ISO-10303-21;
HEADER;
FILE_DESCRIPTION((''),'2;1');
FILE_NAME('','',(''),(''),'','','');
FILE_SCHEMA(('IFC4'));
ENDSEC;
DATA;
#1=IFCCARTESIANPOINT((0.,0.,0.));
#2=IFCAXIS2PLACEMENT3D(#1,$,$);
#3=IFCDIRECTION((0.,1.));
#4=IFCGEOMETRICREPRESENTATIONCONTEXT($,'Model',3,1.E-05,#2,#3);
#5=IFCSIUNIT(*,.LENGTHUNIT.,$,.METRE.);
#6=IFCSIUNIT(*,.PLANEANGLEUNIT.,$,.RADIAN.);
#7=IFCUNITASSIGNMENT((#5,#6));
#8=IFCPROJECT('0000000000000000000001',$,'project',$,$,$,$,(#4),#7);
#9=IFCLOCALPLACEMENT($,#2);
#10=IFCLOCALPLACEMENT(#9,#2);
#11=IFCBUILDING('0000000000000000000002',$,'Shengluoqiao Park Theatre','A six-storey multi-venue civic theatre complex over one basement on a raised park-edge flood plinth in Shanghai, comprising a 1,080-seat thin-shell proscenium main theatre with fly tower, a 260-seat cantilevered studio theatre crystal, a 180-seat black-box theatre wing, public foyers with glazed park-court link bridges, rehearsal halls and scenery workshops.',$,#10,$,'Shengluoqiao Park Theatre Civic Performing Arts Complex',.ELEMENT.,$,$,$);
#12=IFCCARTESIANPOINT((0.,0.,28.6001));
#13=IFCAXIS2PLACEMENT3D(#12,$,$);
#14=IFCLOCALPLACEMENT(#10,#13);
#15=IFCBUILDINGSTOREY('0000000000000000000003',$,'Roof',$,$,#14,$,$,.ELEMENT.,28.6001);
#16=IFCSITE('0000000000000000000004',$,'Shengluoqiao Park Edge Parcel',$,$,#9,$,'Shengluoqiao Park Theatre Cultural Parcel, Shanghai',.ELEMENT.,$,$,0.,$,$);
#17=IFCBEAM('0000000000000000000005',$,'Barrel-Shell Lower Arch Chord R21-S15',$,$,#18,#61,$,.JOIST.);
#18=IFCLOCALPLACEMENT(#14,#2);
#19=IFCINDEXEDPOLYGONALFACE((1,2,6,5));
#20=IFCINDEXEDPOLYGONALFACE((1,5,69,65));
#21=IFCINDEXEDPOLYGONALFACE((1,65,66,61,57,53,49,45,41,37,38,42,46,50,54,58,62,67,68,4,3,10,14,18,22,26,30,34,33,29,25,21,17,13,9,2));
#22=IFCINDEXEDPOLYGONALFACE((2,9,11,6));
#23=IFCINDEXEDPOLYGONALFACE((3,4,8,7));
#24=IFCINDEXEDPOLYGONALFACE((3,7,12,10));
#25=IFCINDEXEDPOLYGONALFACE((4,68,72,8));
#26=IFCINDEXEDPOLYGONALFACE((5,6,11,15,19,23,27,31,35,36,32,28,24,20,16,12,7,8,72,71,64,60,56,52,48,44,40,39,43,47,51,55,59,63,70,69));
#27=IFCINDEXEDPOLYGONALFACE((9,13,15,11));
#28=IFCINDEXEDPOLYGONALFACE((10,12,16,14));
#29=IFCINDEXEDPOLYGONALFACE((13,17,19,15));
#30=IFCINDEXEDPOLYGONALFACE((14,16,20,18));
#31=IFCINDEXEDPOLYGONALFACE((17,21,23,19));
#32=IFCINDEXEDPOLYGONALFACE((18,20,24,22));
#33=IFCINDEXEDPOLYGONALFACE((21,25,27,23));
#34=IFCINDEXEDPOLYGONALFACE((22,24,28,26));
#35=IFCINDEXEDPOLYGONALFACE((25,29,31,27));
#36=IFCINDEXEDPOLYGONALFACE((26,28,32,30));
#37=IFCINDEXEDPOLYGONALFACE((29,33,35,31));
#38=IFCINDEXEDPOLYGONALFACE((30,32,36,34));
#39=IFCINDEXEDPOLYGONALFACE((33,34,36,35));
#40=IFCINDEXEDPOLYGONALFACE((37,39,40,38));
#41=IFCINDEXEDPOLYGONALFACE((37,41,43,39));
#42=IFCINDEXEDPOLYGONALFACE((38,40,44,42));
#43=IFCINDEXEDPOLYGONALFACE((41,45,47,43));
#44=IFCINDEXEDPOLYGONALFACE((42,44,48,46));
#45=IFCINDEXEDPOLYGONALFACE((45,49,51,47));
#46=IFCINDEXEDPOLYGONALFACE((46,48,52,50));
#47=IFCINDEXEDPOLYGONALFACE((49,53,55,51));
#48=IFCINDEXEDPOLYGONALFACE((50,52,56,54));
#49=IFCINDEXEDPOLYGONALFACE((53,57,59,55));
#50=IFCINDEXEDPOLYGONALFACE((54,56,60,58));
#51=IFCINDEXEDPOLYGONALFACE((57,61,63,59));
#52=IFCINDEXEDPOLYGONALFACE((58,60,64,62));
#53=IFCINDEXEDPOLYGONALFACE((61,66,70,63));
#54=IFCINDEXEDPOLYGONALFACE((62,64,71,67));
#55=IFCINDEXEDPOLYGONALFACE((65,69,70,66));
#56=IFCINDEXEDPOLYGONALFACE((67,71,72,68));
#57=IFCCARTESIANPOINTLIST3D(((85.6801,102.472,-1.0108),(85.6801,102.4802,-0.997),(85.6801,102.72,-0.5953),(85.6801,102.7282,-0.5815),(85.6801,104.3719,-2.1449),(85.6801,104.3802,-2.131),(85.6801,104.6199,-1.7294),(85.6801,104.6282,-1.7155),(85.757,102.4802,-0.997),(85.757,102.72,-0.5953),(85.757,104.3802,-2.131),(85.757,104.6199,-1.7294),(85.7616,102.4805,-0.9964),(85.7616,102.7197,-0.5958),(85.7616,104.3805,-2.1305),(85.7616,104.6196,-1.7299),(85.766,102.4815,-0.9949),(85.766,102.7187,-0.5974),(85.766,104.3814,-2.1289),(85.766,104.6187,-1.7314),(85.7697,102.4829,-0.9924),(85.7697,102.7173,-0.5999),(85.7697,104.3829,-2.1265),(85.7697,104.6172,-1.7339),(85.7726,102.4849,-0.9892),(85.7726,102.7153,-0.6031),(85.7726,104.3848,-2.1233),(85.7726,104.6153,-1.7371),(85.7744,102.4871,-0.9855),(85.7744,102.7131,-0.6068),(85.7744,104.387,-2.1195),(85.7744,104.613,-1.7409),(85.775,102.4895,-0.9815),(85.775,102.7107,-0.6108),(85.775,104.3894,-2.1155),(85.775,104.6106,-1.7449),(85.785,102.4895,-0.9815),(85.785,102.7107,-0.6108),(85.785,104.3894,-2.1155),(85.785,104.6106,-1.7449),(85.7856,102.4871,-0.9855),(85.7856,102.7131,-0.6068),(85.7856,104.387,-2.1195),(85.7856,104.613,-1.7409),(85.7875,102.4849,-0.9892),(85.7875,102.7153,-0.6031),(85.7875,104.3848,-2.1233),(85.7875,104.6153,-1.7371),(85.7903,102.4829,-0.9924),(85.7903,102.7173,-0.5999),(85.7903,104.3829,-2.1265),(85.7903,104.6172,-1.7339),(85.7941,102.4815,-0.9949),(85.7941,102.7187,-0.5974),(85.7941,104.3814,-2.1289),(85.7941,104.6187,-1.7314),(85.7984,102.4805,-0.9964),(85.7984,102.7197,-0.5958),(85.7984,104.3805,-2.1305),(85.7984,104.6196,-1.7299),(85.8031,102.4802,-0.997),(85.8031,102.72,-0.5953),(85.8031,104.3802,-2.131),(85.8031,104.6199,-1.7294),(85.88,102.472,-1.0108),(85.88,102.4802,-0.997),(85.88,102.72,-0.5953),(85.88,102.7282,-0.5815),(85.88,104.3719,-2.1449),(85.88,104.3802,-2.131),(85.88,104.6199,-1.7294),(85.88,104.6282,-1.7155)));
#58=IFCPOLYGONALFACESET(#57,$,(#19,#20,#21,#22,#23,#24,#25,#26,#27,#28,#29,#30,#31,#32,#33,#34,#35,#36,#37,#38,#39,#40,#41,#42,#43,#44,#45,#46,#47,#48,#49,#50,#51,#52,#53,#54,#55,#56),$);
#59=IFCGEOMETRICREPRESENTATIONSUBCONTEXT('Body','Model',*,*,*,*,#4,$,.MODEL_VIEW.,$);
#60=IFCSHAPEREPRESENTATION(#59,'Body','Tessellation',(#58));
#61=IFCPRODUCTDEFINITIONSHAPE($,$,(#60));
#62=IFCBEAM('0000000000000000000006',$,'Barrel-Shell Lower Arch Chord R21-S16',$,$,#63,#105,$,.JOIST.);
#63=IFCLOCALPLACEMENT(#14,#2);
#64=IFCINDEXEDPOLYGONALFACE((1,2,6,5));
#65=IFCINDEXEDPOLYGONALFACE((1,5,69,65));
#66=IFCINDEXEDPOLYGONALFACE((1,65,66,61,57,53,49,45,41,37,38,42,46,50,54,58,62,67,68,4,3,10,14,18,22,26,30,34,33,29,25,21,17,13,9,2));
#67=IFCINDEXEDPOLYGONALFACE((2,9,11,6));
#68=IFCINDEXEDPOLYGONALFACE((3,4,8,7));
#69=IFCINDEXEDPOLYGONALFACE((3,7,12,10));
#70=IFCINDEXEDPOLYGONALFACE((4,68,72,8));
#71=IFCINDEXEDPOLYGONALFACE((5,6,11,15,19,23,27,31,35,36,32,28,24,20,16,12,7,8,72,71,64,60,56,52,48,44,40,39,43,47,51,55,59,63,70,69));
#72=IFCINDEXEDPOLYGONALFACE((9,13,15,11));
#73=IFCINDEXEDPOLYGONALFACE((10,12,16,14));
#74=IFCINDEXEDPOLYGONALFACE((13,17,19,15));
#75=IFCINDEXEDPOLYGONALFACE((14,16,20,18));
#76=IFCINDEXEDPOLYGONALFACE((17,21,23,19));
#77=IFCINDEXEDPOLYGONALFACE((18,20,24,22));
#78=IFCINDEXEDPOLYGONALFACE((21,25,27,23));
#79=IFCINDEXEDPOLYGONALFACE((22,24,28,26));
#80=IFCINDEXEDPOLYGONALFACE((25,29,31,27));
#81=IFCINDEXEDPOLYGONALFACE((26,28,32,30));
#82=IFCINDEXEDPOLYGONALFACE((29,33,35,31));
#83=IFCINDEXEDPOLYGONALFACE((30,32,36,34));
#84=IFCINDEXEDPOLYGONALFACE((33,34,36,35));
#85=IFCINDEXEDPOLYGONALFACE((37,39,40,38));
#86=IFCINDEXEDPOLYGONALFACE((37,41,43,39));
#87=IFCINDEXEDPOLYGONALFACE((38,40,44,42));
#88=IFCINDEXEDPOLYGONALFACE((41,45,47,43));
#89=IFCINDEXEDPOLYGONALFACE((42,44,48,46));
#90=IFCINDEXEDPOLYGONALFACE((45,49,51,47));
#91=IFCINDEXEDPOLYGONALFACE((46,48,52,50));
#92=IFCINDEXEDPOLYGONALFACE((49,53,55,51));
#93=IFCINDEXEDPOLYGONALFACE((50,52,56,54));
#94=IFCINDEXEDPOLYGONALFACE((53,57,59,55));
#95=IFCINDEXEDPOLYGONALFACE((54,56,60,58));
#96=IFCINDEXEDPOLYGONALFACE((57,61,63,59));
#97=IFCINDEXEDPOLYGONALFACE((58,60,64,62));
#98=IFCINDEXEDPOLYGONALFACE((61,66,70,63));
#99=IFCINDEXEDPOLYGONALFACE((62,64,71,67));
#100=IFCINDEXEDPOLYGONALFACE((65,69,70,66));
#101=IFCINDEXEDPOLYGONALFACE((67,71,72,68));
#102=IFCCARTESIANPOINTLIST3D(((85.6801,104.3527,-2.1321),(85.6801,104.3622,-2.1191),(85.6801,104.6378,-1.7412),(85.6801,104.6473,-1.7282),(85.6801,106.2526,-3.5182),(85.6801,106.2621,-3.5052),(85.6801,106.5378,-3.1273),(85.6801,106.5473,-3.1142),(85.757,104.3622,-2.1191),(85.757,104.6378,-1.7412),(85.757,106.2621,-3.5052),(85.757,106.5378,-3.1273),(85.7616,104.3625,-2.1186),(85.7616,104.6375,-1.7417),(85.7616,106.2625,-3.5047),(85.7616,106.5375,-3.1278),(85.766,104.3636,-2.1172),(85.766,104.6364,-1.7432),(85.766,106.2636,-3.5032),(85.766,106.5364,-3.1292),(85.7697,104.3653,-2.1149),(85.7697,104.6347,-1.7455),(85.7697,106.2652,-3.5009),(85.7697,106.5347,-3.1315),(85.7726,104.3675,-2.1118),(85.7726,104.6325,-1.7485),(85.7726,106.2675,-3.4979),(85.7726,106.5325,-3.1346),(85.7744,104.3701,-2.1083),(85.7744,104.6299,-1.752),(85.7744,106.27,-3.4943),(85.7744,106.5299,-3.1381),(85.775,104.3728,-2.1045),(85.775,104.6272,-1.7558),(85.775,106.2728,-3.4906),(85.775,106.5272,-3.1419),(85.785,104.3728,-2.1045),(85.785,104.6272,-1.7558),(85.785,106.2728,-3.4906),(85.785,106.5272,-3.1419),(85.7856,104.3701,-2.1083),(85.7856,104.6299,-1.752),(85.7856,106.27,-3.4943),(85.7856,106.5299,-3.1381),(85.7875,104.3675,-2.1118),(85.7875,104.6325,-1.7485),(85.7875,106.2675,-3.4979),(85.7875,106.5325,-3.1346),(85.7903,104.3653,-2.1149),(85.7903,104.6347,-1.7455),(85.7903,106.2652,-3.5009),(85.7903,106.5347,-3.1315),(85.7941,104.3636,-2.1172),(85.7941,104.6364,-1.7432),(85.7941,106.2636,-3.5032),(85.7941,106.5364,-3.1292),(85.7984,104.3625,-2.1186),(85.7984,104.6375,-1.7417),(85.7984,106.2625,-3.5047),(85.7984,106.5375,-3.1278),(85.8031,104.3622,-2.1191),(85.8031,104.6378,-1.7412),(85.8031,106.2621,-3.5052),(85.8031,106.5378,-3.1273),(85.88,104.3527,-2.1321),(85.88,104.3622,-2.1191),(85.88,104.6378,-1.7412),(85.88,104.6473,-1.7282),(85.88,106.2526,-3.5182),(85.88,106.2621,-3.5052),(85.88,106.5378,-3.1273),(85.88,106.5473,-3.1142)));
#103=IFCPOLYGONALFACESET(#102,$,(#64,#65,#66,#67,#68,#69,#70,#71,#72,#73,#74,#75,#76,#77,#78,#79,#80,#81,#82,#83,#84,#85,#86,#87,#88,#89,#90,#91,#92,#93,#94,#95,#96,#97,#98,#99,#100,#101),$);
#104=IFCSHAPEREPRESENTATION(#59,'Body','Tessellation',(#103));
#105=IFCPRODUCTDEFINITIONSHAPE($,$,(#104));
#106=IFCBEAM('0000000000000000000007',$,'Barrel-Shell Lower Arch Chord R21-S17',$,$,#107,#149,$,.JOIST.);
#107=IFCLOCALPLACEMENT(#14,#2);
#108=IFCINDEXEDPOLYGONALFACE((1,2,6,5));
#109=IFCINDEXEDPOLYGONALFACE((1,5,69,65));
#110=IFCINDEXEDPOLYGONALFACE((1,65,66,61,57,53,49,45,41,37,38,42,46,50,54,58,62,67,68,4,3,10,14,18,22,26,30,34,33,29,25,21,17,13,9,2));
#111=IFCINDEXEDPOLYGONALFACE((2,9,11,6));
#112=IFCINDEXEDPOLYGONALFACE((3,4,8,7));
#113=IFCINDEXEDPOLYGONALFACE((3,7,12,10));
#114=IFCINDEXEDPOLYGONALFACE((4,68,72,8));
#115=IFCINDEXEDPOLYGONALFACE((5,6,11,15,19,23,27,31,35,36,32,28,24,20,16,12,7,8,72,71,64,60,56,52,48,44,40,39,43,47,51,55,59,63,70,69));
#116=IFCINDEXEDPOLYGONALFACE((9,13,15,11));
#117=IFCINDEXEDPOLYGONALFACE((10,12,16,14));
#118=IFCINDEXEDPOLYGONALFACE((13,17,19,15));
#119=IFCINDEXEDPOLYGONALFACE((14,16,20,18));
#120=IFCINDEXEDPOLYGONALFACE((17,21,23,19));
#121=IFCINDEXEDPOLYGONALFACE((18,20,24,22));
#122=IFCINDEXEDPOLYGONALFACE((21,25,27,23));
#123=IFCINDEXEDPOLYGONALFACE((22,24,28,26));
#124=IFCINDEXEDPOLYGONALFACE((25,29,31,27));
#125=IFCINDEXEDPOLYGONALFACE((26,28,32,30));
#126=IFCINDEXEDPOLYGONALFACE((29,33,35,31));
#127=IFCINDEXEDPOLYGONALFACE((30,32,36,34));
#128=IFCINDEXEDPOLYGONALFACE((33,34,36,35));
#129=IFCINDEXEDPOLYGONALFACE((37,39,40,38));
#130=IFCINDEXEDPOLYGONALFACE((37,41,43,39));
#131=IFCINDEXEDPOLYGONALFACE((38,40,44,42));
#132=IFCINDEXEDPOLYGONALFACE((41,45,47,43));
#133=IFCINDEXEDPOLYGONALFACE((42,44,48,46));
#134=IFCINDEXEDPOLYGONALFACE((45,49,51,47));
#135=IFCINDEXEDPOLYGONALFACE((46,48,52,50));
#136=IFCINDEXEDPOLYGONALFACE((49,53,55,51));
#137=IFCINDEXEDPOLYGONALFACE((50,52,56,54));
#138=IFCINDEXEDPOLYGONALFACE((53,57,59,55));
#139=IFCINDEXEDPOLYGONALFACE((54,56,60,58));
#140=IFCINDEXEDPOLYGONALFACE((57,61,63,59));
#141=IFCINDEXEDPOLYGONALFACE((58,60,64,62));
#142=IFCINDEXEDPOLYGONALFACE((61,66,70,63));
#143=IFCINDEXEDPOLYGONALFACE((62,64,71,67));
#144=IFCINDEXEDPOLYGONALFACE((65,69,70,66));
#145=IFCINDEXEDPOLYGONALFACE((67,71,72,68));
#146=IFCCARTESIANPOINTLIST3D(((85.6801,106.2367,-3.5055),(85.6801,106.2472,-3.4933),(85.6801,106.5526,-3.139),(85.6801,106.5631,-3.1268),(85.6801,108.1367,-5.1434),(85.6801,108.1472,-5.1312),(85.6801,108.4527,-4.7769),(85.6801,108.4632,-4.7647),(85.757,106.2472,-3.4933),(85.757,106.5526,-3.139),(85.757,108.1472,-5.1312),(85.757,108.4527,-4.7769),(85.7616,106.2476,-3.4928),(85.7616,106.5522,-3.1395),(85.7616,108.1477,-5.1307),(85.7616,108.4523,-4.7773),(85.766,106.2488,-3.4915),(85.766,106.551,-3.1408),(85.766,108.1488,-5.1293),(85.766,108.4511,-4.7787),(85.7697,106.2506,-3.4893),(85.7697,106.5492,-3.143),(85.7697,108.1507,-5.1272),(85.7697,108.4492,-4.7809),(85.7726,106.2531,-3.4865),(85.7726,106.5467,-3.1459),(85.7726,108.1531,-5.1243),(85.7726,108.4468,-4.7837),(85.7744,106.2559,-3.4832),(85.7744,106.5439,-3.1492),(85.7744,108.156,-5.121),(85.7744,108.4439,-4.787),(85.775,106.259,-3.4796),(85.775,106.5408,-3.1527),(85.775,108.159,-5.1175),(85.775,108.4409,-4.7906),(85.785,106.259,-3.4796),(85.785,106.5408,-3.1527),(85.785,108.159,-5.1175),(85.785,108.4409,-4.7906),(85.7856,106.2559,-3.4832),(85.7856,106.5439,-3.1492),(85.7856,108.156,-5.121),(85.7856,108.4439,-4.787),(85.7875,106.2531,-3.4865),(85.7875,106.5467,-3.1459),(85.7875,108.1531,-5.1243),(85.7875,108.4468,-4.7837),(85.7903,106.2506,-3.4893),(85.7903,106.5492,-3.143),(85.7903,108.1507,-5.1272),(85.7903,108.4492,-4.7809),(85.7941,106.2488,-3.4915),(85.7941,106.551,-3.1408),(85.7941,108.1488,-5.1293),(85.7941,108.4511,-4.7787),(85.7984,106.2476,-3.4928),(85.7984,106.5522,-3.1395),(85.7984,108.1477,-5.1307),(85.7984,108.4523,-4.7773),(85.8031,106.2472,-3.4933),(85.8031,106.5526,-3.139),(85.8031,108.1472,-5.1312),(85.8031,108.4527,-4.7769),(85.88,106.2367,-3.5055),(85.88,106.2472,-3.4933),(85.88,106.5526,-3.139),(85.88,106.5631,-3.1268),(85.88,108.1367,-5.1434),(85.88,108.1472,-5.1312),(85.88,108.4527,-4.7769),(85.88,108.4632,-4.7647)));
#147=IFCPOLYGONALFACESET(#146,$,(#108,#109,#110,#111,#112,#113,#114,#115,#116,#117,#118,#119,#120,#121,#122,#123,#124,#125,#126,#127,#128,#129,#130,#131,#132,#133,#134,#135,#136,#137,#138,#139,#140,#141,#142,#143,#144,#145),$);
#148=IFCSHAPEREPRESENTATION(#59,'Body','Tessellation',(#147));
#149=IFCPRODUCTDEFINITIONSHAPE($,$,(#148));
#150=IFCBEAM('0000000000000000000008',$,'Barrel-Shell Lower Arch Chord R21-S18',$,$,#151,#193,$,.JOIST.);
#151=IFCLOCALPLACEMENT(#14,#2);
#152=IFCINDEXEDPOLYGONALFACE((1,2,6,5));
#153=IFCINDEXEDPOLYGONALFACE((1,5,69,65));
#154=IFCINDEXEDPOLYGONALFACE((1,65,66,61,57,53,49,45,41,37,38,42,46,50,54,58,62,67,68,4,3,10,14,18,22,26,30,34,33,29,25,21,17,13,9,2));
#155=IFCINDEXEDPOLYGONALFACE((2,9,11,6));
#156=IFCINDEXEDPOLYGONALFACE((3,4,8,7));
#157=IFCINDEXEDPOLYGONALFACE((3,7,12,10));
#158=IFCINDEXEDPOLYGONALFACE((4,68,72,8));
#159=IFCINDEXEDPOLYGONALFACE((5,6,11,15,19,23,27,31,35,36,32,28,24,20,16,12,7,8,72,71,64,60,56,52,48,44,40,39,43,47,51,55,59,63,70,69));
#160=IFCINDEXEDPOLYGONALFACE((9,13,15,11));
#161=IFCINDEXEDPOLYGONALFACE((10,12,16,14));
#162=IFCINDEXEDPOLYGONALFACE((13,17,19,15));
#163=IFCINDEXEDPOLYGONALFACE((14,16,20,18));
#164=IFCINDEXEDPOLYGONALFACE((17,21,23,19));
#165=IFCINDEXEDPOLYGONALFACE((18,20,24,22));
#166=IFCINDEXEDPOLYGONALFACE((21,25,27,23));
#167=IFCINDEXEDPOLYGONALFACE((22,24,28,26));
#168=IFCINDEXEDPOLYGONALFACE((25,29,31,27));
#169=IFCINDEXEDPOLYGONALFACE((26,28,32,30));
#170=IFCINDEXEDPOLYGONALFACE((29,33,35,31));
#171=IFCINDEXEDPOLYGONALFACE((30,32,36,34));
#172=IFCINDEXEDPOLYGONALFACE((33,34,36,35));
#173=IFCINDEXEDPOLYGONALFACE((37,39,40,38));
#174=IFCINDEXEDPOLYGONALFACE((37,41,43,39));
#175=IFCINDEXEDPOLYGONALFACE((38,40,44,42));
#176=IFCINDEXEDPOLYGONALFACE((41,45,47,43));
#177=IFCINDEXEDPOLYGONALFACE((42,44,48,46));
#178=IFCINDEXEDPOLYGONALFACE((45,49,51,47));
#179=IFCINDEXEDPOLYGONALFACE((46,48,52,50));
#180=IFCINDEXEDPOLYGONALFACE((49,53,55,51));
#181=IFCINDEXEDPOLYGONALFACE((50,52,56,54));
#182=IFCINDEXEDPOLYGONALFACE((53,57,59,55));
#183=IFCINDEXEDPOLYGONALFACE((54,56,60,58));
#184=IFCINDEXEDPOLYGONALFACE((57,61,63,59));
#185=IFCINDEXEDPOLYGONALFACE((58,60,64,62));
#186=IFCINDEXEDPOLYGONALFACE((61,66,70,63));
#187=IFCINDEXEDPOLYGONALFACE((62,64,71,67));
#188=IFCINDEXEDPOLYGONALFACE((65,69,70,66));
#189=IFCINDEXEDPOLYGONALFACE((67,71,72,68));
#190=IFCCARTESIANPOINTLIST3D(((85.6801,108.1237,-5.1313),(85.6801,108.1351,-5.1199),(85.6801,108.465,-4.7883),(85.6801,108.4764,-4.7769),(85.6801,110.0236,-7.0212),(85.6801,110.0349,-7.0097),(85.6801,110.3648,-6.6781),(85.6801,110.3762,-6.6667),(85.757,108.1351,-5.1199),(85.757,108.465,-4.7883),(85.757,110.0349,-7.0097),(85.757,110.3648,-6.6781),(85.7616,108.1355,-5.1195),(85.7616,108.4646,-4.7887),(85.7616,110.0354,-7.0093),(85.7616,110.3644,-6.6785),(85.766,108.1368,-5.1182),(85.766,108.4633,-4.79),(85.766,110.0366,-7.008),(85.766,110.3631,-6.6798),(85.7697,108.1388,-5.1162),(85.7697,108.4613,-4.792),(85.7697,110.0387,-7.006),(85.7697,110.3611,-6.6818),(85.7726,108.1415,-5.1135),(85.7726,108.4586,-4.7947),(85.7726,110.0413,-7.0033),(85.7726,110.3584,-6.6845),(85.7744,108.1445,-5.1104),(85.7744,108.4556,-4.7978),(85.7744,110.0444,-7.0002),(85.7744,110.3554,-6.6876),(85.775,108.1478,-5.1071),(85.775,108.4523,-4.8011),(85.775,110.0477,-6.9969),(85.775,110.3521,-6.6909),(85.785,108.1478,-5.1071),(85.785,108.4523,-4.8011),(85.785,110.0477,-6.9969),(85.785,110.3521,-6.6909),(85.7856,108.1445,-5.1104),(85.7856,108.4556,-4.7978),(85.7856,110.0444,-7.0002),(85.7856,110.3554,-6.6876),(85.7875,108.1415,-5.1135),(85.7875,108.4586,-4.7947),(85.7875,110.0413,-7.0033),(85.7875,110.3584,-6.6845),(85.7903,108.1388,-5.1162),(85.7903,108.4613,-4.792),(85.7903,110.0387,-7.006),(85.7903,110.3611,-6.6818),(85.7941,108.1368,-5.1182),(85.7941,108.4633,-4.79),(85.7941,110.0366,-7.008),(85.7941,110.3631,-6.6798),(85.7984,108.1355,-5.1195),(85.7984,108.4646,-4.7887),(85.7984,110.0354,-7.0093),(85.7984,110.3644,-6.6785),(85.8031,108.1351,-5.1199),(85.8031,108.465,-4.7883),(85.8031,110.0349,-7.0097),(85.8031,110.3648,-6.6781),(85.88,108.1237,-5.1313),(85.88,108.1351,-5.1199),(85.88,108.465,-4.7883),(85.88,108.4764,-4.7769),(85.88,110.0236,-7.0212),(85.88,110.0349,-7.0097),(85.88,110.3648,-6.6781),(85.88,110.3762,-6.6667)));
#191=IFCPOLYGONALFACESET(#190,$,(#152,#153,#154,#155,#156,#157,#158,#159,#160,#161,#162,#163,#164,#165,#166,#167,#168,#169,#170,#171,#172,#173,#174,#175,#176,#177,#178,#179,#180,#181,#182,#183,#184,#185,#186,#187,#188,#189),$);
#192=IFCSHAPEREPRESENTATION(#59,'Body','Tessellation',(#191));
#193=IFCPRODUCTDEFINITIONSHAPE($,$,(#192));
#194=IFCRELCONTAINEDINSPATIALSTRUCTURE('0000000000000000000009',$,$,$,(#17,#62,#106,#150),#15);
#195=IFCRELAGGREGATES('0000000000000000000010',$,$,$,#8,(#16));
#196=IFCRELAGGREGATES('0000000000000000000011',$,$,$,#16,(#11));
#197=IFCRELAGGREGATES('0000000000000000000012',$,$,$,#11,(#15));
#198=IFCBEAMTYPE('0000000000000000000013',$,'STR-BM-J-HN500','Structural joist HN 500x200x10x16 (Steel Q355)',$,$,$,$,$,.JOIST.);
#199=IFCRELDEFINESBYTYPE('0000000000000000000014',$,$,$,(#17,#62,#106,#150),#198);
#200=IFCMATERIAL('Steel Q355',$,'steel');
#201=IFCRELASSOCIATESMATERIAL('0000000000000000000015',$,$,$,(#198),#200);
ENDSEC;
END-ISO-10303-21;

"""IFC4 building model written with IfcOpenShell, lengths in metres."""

from ifc_helpers import new_model, si_unit, direction, frame, origin, origin_2d, place, context, subcontext, project, spatial, i_section, extrude, material, material_profile, profile_set, type_object, element, save


model = new_model("IFC4")

# Units and contexts
model_context = context("Model", 3, precision=1e-05, world=origin(), true_north=direction((0.0, 1.0)))
body_context = subcontext(model_context, "Body", "Model", "MODEL_VIEW")
ifc_project = project(units=[si_unit("LENGTHUNIT", "METRE"), si_unit("PLANEANGLEUNIT", "RADIAN")], contexts=[model_context])

# Site, building, storey
site_placement = place(None, origin())
site = spatial("IfcSite", under=ifc_project, at=site_placement, Name="Shengluoqiao Park Edge Parcel", LongName="Shengluoqiao Park Theatre Cultural Parcel, Shanghai", CompositionType="ELEMENT", RefElevation=0.0)
building_placement = place(site_placement, origin())
building = spatial("IfcBuilding", under=site, at=building_placement, Name="Shengluoqiao Park Theatre", Description="A six-storey multi-venue civic theatre complex over one basement on a raised park-edge flood plinth in Shanghai, comprising a 1,080-seat thin-shell proscenium main theatre with fly tower, a 260-seat cantilevered studio theatre crystal, a 180-seat black-box theatre wing, public foyers with glazed park-court link bridges, rehearsal halls and scenery workshops.", LongName="Shengluoqiao Park Theatre Civic Performing Arts Complex", CompositionType="ELEMENT")
storey_placement = place(building_placement, frame((0.0, 0.0, 28.6001)))
storey = spatial("IfcBuildingStorey", under=building, at=storey_placement, Name="Roof", CompositionType="ELEMENT", Elevation=28.6001)

# Beams
ifc_material_1 = material(Name="Steel Q355", Category="steel")
ifc_material_profile_1 = material_profile(ifc_material_1, i_section(OverallWidth=0.2, OverallDepth=0.5, WebThickness=0.01, FlangeThickness=0.0161, FilletRadius=0.0181, at=origin_2d()), Name="HN 500x200x10x16")
ifc_profile_set_1 = profile_set([ifc_material_profile_1], Name="Steel Q355")
beam_type_1 = type_object("IfcBeamType", Name="STR-BM-J-HN500", Description="Structural joist HN 500x200x10x16 (Steel Q355)", PredefinedType="JOIST", material=ifc_profile_set_1)
beam_1_placement = place(storey_placement, frame((85.78, 102.6001, -0.7961), z_axis=(0.0, 0.858669, -0.512531), x_axis=(-1.0, 0.0, 0.0)))
element("IfcBeam", 1, at=beam_1_placement, inside=storey, type_object=beam_type_1, Name="Barrel-Shell Lower Arch Chord R21-S15", PredefinedType="JOIST", context=body_context, shape_type="SweptSolid", body=[
    extrude(i_section(OverallWidth=0.2, OverallDepth=0.5, WebThickness=0.01, FlangeThickness=0.0161, FilletRadius=0.0181, at=origin_2d()), origin(), (0.0, 0.0, 1.0), 2.2126),
])
beam_2_placement = place(storey_placement, frame((85.78, 104.5, -1.9302), z_axis=(0.0, 0.807878, -0.58935), x_axis=(-1.0, 0.0, 0.0)))
element("IfcBeam", 2, at=beam_2_placement, inside=storey, type_object=beam_type_1, Name="Barrel-Shell Lower Arch Chord R21-S16", PredefinedType="JOIST", context=body_context, shape_type="SweptSolid", body=[
    extrude(i_section(OverallWidth=0.2, OverallDepth=0.5, WebThickness=0.01, FlangeThickness=0.0161, FilletRadius=0.0181, at=origin_2d()), origin(), (0.0, 0.0, 1.0), 2.3518),
])
beam_3_placement = place(storey_placement, frame((85.78, 106.3999, -3.3162), z_axis=(0.0, 0.757433, -0.652913), x_axis=(-1.0, 0.0, 0.0)))
element("IfcBeam", 3, at=beam_3_placement, inside=storey, type_object=beam_type_1, Name="Barrel-Shell Lower Arch Chord R21-S17", PredefinedType="JOIST", context=body_context, shape_type="SweptSolid", body=[
    extrude(i_section(OverallWidth=0.2, OverallDepth=0.5, WebThickness=0.01, FlangeThickness=0.0161, FilletRadius=0.0181, at=origin_2d()), origin(), (0.0, 0.0, 1.0), 2.5085),
])
beam_4_placement = place(storey_placement, frame((85.78, 108.3, -4.9541), z_axis=(0.0, 0.708972, -0.705237), x_axis=(-1.0, 0.0, 0.0)))
element("IfcBeam", 4, at=beam_4_placement, inside=storey, type_object=beam_type_1, Name="Barrel-Shell Lower Arch Chord R21-S18", PredefinedType="JOIST", context=body_context, shape_type="SweptSolid", body=[
    extrude(i_section(OverallWidth=0.2, OverallDepth=0.5, WebThickness=0.01, FlangeThickness=0.0161, FilletRadius=0.0181, at=origin_2d()), origin(), (0.0, 0.0, 1.0), 2.6797),
])

save(model, "model.ifc")
